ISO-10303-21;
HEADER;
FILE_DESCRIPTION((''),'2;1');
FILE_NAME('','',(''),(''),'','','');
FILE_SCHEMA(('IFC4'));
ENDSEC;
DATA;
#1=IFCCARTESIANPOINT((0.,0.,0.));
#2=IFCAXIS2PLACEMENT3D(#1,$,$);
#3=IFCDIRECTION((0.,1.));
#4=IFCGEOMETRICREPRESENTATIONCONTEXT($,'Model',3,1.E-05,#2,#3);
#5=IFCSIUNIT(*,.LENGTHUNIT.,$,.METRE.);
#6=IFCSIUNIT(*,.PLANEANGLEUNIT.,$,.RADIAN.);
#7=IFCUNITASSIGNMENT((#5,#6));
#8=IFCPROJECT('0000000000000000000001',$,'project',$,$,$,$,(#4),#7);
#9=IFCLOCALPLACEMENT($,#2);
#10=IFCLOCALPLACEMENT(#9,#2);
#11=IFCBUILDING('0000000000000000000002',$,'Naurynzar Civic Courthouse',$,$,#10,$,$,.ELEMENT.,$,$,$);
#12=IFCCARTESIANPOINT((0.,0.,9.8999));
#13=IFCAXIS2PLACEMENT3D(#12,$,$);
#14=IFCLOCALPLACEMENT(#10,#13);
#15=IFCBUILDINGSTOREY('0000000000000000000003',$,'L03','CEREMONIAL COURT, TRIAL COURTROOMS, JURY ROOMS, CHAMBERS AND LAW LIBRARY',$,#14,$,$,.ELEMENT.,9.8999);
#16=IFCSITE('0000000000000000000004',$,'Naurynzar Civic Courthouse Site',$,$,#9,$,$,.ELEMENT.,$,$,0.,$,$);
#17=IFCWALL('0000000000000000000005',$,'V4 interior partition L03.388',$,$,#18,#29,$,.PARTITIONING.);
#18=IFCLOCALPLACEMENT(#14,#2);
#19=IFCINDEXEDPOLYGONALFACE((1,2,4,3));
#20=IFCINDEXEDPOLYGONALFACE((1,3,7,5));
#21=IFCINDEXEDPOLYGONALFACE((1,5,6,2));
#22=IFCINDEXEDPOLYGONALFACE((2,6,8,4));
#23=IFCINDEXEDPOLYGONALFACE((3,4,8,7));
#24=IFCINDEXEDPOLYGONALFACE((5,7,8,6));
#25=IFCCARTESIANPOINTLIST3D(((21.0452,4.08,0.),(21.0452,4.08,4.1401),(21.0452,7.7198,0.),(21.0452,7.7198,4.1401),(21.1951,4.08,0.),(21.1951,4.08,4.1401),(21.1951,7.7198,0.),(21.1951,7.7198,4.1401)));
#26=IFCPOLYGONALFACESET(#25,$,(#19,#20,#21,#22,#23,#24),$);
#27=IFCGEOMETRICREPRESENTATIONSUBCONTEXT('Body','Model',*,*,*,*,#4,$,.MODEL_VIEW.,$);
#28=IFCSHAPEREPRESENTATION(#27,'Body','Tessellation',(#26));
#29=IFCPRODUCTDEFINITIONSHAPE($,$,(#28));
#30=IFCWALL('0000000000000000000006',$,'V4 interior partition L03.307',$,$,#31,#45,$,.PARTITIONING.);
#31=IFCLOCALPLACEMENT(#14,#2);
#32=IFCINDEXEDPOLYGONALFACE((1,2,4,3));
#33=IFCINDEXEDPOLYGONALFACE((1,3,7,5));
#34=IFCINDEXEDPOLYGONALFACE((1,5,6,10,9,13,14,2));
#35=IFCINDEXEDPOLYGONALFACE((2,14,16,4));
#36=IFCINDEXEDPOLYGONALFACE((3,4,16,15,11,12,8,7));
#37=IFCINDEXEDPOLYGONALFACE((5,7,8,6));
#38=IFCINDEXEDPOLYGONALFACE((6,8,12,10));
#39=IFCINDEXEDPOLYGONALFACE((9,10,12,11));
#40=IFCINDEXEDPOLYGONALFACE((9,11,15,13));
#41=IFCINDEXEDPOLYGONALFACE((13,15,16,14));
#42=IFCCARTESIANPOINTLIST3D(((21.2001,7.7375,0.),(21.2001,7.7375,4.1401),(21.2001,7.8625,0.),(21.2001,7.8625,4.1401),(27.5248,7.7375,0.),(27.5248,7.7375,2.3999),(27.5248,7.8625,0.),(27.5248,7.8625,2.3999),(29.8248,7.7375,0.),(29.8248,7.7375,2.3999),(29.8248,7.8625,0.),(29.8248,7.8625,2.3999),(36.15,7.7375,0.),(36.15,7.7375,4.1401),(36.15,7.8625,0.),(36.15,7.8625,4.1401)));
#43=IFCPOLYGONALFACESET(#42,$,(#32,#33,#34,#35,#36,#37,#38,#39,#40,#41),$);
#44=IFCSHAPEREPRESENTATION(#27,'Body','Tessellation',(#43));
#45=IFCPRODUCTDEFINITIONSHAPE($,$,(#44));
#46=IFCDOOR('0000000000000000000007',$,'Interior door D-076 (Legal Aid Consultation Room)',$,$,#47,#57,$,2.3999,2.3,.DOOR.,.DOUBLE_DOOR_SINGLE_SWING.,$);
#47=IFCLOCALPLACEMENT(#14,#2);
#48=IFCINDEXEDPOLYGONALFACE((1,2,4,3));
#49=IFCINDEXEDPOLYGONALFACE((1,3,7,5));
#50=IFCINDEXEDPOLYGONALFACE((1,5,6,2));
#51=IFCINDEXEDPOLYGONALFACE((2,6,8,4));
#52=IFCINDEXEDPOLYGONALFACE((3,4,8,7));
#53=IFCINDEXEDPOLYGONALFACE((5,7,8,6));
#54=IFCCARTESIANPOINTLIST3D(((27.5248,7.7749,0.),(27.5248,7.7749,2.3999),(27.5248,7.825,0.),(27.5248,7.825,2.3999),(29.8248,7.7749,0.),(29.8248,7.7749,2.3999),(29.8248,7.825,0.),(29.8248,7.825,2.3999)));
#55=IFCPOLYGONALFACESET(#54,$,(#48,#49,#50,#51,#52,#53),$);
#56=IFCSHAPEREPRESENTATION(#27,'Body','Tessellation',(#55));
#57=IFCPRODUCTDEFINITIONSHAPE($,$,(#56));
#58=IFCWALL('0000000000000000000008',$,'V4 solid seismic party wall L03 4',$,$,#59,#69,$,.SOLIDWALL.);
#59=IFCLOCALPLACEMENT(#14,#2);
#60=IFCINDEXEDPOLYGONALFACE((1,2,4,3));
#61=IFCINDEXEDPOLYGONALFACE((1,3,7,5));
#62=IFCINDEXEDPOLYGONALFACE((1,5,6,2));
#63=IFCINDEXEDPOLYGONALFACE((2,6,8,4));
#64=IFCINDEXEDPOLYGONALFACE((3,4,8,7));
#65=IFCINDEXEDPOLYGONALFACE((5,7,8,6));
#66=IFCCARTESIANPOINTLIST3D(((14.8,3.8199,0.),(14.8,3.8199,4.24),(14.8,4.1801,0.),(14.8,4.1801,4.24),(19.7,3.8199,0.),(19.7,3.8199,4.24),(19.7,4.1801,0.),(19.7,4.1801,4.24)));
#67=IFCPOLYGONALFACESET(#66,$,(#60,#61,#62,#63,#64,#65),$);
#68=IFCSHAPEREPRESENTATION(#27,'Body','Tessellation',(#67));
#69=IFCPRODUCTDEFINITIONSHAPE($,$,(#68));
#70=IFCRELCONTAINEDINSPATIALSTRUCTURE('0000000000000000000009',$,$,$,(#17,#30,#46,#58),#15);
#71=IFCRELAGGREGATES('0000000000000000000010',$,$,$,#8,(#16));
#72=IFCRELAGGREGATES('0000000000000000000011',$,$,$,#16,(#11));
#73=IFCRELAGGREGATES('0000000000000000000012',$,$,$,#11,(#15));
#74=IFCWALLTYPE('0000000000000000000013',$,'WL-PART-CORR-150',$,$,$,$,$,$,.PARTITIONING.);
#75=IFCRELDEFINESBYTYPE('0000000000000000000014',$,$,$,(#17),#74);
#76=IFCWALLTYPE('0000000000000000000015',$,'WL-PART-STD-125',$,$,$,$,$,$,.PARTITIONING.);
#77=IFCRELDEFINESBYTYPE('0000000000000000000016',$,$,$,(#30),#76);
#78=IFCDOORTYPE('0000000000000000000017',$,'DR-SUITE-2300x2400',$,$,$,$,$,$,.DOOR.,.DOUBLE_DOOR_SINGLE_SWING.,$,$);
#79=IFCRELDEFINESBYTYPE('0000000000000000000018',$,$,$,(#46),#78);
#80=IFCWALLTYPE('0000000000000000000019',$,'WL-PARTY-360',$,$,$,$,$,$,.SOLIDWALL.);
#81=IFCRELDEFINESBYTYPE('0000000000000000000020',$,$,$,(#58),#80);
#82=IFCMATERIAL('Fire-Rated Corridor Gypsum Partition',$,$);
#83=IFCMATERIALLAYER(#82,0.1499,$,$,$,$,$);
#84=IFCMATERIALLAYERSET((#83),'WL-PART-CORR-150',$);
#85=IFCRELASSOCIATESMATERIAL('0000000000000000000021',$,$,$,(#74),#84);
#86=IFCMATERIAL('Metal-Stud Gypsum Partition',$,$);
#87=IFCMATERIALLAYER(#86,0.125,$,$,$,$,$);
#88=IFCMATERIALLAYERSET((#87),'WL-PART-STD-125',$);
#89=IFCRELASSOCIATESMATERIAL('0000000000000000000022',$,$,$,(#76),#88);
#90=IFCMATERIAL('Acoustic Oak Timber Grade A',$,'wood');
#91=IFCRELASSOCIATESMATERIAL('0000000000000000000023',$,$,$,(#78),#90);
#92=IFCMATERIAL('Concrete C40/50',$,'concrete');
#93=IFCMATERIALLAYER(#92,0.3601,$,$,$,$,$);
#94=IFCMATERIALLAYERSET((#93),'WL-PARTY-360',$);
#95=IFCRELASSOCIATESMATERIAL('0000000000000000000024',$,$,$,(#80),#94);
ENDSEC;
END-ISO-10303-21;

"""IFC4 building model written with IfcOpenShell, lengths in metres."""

from ifc_helpers import new_model, si_unit, direction, frame, frame_2d, origin, place, context, subcontext, project, spatial, rectangle, extrude, material, layer, layer_set, type_object, element, fill, save


model = new_model("IFC4")

# Units and contexts
model_context = context("Model", 3, precision=1e-05, world=origin(), true_north=direction((0.0, 1.0)))
body_context = subcontext(model_context, "Body", "Model", "MODEL_VIEW")
ifc_project = project(units=[si_unit("LENGTHUNIT", "METRE"), si_unit("PLANEANGLEUNIT", "RADIAN")], contexts=[model_context])

# Site, building, storey
site_placement = place(None, origin())
site = spatial("IfcSite", under=ifc_project, at=site_placement, Name="Naurynzar Civic Courthouse Site", CompositionType="ELEMENT", RefElevation=0.0)
building_placement = place(site_placement, origin())
building = spatial("IfcBuilding", under=site, at=building_placement, Name="Naurynzar Civic Courthouse", CompositionType="ELEMENT")
storey_placement = place(building_placement, frame((0.0, 0.0, 9.8999)))
storey = spatial("IfcBuildingStorey", under=building, at=storey_placement, Name="L03", Description="CEREMONIAL COURT, TRIAL COURTROOMS, JURY ROOMS, CHAMBERS AND LAW LIBRARY", CompositionType="ELEMENT", Elevation=9.8999)

# Shared definitions
ifc_material_1 = material(Name="Fire-Rated Corridor Gypsum Partition")
ifc_layer_1 = layer(ifc_material_1, 0.1499)
ifc_layer_set_1 = layer_set([ifc_layer_1], Name="WL-PART-CORR-150")
wall_type_1 = type_object("IfcWallType", Name="WL-PART-CORR-150", PredefinedType="PARTITIONING", material=ifc_layer_set_1)

# Wall
wall_1_placement = place(storey_placement, frame((21.1201, 4.0801, 0.0), z_axis=(0.0, 0.0, 1.0), x_axis=(0.0, 1.0, 0.0)))
element("IfcWall", 1, at=wall_1_placement, inside=storey, type_object=wall_type_1, Name="V4 interior partition L03.388", PredefinedType="PARTITIONING", context=body_context, shape_type="SweptSolid", body=[
    extrude(rectangle(XDim=3.6399, YDim=0.1499, at=frame_2d((1.8198, 0.0))), origin(), (0.0, 0.0, 1.0), 4.1401),
])

# Wall, opening, door
ifc_material_2 = material(Name="Metal-Stud Gypsum Partition")
ifc_layer_2 = layer(ifc_material_2, 0.125)
ifc_layer_set_2 = layer_set([ifc_layer_2], Name="WL-PART-STD-125")
wall_type_2 = type_object("IfcWallType", Name="WL-PART-STD-125", PredefinedType="PARTITIONING", material=ifc_layer_set_2)
wall_2_placement = place(storey_placement, frame((21.2, 7.8, 0.0), z_axis=(0.0, 0.0, 1.0), x_axis=(1.0, 0.0, 0.0)))
wall_2 = element("IfcWall", 2, at=wall_2_placement, inside=storey, type_object=wall_type_2, Name="V4 interior partition L03.307", PredefinedType="PARTITIONING", context=body_context, shape_type="SweptSolid", body=[
    extrude(rectangle(XDim=14.95, YDim=0.125, at=frame_2d((7.4751, 0.0))), origin(), (0.0, 0.0, 1.0), 4.1401),
])
opening_1_placement = place(wall_2_placement, frame((6.325, 0.0, 0.0)))
opening_1 = element("IfcOpeningElement", 3, at=opening_1_placement, cuts=wall_2, PredefinedType="OPENING", context=body_context, shape_type="SweptSolid", body=[
    extrude(rectangle(XDim=2.3, YDim=2.3999, at=frame_2d((1.1499, 1.2))), frame((0.0, 0.0725, 0.0), z_axis=(0.0, -1.0, 0.0), x_axis=(1.0, 0.0, 0.0)), (0.0, 0.0, 1.0), 0.145),
])
ifc_material_3 = material(Name="Acoustic Oak Timber Grade A", Category="wood")
door_type_1 = type_object("IfcDoorType", Name="DR-SUITE-2300x2400", OperationType="DOUBLE_DOOR_SINGLE_SWING", PredefinedType="DOOR", material=ifc_material_3)
door_1_placement = place(opening_1_placement, origin())
door_1 = element("IfcDoor", 4, at=door_1_placement, inside=storey, type_object=door_type_1, Name="Interior door D-076 (Legal Aid Consultation Room)", OperationType="DOUBLE_DOOR_SINGLE_SWING", OverallHeight=2.3999, OverallWidth=2.3, PredefinedType="DOOR", context=body_context, shape_type="SweptSolid", body=[
    extrude(rectangle(XDim=2.3, YDim=2.3999, at=frame_2d((1.1499, 1.2))), frame((0.0, 0.0249, 0.0), z_axis=(0.0, -1.0, 0.0), x_axis=(1.0, 0.0, 0.0)), (0.0, 0.0, 1.0), 0.05),
])
fill(opening_1, door_1)

# Wall
ifc_material_4 = material(Name="Concrete C40/50", Category="concrete")
ifc_layer_3 = layer(ifc_material_4, 0.3601)
ifc_layer_set_3 = layer_set([ifc_layer_3], Name="WL-PARTY-360")
wall_type_3 = type_object("IfcWallType", Name="WL-PARTY-360", PredefinedType="SOLIDWALL", material=ifc_layer_set_3)
wall_3_placement = place(storey_placement, frame((19.7, 4.0, 0.0), z_axis=(0.0, 0.0, 1.0), x_axis=(-1.0, 0.0, 0.0)))
element("IfcWall", 5, at=wall_3_placement, inside=storey, type_object=wall_type_3, Name="V4 solid seismic party wall L03 4", PredefinedType="SOLIDWALL", context=body_context, shape_type="SweptSolid", body=[
    extrude(rectangle(XDim=4.8999, YDim=0.3601, at=frame_2d((2.45, 0.0))), origin(), (0.0, 0.0, 1.0), 4.24),
])

save(model, "model.ifc")
